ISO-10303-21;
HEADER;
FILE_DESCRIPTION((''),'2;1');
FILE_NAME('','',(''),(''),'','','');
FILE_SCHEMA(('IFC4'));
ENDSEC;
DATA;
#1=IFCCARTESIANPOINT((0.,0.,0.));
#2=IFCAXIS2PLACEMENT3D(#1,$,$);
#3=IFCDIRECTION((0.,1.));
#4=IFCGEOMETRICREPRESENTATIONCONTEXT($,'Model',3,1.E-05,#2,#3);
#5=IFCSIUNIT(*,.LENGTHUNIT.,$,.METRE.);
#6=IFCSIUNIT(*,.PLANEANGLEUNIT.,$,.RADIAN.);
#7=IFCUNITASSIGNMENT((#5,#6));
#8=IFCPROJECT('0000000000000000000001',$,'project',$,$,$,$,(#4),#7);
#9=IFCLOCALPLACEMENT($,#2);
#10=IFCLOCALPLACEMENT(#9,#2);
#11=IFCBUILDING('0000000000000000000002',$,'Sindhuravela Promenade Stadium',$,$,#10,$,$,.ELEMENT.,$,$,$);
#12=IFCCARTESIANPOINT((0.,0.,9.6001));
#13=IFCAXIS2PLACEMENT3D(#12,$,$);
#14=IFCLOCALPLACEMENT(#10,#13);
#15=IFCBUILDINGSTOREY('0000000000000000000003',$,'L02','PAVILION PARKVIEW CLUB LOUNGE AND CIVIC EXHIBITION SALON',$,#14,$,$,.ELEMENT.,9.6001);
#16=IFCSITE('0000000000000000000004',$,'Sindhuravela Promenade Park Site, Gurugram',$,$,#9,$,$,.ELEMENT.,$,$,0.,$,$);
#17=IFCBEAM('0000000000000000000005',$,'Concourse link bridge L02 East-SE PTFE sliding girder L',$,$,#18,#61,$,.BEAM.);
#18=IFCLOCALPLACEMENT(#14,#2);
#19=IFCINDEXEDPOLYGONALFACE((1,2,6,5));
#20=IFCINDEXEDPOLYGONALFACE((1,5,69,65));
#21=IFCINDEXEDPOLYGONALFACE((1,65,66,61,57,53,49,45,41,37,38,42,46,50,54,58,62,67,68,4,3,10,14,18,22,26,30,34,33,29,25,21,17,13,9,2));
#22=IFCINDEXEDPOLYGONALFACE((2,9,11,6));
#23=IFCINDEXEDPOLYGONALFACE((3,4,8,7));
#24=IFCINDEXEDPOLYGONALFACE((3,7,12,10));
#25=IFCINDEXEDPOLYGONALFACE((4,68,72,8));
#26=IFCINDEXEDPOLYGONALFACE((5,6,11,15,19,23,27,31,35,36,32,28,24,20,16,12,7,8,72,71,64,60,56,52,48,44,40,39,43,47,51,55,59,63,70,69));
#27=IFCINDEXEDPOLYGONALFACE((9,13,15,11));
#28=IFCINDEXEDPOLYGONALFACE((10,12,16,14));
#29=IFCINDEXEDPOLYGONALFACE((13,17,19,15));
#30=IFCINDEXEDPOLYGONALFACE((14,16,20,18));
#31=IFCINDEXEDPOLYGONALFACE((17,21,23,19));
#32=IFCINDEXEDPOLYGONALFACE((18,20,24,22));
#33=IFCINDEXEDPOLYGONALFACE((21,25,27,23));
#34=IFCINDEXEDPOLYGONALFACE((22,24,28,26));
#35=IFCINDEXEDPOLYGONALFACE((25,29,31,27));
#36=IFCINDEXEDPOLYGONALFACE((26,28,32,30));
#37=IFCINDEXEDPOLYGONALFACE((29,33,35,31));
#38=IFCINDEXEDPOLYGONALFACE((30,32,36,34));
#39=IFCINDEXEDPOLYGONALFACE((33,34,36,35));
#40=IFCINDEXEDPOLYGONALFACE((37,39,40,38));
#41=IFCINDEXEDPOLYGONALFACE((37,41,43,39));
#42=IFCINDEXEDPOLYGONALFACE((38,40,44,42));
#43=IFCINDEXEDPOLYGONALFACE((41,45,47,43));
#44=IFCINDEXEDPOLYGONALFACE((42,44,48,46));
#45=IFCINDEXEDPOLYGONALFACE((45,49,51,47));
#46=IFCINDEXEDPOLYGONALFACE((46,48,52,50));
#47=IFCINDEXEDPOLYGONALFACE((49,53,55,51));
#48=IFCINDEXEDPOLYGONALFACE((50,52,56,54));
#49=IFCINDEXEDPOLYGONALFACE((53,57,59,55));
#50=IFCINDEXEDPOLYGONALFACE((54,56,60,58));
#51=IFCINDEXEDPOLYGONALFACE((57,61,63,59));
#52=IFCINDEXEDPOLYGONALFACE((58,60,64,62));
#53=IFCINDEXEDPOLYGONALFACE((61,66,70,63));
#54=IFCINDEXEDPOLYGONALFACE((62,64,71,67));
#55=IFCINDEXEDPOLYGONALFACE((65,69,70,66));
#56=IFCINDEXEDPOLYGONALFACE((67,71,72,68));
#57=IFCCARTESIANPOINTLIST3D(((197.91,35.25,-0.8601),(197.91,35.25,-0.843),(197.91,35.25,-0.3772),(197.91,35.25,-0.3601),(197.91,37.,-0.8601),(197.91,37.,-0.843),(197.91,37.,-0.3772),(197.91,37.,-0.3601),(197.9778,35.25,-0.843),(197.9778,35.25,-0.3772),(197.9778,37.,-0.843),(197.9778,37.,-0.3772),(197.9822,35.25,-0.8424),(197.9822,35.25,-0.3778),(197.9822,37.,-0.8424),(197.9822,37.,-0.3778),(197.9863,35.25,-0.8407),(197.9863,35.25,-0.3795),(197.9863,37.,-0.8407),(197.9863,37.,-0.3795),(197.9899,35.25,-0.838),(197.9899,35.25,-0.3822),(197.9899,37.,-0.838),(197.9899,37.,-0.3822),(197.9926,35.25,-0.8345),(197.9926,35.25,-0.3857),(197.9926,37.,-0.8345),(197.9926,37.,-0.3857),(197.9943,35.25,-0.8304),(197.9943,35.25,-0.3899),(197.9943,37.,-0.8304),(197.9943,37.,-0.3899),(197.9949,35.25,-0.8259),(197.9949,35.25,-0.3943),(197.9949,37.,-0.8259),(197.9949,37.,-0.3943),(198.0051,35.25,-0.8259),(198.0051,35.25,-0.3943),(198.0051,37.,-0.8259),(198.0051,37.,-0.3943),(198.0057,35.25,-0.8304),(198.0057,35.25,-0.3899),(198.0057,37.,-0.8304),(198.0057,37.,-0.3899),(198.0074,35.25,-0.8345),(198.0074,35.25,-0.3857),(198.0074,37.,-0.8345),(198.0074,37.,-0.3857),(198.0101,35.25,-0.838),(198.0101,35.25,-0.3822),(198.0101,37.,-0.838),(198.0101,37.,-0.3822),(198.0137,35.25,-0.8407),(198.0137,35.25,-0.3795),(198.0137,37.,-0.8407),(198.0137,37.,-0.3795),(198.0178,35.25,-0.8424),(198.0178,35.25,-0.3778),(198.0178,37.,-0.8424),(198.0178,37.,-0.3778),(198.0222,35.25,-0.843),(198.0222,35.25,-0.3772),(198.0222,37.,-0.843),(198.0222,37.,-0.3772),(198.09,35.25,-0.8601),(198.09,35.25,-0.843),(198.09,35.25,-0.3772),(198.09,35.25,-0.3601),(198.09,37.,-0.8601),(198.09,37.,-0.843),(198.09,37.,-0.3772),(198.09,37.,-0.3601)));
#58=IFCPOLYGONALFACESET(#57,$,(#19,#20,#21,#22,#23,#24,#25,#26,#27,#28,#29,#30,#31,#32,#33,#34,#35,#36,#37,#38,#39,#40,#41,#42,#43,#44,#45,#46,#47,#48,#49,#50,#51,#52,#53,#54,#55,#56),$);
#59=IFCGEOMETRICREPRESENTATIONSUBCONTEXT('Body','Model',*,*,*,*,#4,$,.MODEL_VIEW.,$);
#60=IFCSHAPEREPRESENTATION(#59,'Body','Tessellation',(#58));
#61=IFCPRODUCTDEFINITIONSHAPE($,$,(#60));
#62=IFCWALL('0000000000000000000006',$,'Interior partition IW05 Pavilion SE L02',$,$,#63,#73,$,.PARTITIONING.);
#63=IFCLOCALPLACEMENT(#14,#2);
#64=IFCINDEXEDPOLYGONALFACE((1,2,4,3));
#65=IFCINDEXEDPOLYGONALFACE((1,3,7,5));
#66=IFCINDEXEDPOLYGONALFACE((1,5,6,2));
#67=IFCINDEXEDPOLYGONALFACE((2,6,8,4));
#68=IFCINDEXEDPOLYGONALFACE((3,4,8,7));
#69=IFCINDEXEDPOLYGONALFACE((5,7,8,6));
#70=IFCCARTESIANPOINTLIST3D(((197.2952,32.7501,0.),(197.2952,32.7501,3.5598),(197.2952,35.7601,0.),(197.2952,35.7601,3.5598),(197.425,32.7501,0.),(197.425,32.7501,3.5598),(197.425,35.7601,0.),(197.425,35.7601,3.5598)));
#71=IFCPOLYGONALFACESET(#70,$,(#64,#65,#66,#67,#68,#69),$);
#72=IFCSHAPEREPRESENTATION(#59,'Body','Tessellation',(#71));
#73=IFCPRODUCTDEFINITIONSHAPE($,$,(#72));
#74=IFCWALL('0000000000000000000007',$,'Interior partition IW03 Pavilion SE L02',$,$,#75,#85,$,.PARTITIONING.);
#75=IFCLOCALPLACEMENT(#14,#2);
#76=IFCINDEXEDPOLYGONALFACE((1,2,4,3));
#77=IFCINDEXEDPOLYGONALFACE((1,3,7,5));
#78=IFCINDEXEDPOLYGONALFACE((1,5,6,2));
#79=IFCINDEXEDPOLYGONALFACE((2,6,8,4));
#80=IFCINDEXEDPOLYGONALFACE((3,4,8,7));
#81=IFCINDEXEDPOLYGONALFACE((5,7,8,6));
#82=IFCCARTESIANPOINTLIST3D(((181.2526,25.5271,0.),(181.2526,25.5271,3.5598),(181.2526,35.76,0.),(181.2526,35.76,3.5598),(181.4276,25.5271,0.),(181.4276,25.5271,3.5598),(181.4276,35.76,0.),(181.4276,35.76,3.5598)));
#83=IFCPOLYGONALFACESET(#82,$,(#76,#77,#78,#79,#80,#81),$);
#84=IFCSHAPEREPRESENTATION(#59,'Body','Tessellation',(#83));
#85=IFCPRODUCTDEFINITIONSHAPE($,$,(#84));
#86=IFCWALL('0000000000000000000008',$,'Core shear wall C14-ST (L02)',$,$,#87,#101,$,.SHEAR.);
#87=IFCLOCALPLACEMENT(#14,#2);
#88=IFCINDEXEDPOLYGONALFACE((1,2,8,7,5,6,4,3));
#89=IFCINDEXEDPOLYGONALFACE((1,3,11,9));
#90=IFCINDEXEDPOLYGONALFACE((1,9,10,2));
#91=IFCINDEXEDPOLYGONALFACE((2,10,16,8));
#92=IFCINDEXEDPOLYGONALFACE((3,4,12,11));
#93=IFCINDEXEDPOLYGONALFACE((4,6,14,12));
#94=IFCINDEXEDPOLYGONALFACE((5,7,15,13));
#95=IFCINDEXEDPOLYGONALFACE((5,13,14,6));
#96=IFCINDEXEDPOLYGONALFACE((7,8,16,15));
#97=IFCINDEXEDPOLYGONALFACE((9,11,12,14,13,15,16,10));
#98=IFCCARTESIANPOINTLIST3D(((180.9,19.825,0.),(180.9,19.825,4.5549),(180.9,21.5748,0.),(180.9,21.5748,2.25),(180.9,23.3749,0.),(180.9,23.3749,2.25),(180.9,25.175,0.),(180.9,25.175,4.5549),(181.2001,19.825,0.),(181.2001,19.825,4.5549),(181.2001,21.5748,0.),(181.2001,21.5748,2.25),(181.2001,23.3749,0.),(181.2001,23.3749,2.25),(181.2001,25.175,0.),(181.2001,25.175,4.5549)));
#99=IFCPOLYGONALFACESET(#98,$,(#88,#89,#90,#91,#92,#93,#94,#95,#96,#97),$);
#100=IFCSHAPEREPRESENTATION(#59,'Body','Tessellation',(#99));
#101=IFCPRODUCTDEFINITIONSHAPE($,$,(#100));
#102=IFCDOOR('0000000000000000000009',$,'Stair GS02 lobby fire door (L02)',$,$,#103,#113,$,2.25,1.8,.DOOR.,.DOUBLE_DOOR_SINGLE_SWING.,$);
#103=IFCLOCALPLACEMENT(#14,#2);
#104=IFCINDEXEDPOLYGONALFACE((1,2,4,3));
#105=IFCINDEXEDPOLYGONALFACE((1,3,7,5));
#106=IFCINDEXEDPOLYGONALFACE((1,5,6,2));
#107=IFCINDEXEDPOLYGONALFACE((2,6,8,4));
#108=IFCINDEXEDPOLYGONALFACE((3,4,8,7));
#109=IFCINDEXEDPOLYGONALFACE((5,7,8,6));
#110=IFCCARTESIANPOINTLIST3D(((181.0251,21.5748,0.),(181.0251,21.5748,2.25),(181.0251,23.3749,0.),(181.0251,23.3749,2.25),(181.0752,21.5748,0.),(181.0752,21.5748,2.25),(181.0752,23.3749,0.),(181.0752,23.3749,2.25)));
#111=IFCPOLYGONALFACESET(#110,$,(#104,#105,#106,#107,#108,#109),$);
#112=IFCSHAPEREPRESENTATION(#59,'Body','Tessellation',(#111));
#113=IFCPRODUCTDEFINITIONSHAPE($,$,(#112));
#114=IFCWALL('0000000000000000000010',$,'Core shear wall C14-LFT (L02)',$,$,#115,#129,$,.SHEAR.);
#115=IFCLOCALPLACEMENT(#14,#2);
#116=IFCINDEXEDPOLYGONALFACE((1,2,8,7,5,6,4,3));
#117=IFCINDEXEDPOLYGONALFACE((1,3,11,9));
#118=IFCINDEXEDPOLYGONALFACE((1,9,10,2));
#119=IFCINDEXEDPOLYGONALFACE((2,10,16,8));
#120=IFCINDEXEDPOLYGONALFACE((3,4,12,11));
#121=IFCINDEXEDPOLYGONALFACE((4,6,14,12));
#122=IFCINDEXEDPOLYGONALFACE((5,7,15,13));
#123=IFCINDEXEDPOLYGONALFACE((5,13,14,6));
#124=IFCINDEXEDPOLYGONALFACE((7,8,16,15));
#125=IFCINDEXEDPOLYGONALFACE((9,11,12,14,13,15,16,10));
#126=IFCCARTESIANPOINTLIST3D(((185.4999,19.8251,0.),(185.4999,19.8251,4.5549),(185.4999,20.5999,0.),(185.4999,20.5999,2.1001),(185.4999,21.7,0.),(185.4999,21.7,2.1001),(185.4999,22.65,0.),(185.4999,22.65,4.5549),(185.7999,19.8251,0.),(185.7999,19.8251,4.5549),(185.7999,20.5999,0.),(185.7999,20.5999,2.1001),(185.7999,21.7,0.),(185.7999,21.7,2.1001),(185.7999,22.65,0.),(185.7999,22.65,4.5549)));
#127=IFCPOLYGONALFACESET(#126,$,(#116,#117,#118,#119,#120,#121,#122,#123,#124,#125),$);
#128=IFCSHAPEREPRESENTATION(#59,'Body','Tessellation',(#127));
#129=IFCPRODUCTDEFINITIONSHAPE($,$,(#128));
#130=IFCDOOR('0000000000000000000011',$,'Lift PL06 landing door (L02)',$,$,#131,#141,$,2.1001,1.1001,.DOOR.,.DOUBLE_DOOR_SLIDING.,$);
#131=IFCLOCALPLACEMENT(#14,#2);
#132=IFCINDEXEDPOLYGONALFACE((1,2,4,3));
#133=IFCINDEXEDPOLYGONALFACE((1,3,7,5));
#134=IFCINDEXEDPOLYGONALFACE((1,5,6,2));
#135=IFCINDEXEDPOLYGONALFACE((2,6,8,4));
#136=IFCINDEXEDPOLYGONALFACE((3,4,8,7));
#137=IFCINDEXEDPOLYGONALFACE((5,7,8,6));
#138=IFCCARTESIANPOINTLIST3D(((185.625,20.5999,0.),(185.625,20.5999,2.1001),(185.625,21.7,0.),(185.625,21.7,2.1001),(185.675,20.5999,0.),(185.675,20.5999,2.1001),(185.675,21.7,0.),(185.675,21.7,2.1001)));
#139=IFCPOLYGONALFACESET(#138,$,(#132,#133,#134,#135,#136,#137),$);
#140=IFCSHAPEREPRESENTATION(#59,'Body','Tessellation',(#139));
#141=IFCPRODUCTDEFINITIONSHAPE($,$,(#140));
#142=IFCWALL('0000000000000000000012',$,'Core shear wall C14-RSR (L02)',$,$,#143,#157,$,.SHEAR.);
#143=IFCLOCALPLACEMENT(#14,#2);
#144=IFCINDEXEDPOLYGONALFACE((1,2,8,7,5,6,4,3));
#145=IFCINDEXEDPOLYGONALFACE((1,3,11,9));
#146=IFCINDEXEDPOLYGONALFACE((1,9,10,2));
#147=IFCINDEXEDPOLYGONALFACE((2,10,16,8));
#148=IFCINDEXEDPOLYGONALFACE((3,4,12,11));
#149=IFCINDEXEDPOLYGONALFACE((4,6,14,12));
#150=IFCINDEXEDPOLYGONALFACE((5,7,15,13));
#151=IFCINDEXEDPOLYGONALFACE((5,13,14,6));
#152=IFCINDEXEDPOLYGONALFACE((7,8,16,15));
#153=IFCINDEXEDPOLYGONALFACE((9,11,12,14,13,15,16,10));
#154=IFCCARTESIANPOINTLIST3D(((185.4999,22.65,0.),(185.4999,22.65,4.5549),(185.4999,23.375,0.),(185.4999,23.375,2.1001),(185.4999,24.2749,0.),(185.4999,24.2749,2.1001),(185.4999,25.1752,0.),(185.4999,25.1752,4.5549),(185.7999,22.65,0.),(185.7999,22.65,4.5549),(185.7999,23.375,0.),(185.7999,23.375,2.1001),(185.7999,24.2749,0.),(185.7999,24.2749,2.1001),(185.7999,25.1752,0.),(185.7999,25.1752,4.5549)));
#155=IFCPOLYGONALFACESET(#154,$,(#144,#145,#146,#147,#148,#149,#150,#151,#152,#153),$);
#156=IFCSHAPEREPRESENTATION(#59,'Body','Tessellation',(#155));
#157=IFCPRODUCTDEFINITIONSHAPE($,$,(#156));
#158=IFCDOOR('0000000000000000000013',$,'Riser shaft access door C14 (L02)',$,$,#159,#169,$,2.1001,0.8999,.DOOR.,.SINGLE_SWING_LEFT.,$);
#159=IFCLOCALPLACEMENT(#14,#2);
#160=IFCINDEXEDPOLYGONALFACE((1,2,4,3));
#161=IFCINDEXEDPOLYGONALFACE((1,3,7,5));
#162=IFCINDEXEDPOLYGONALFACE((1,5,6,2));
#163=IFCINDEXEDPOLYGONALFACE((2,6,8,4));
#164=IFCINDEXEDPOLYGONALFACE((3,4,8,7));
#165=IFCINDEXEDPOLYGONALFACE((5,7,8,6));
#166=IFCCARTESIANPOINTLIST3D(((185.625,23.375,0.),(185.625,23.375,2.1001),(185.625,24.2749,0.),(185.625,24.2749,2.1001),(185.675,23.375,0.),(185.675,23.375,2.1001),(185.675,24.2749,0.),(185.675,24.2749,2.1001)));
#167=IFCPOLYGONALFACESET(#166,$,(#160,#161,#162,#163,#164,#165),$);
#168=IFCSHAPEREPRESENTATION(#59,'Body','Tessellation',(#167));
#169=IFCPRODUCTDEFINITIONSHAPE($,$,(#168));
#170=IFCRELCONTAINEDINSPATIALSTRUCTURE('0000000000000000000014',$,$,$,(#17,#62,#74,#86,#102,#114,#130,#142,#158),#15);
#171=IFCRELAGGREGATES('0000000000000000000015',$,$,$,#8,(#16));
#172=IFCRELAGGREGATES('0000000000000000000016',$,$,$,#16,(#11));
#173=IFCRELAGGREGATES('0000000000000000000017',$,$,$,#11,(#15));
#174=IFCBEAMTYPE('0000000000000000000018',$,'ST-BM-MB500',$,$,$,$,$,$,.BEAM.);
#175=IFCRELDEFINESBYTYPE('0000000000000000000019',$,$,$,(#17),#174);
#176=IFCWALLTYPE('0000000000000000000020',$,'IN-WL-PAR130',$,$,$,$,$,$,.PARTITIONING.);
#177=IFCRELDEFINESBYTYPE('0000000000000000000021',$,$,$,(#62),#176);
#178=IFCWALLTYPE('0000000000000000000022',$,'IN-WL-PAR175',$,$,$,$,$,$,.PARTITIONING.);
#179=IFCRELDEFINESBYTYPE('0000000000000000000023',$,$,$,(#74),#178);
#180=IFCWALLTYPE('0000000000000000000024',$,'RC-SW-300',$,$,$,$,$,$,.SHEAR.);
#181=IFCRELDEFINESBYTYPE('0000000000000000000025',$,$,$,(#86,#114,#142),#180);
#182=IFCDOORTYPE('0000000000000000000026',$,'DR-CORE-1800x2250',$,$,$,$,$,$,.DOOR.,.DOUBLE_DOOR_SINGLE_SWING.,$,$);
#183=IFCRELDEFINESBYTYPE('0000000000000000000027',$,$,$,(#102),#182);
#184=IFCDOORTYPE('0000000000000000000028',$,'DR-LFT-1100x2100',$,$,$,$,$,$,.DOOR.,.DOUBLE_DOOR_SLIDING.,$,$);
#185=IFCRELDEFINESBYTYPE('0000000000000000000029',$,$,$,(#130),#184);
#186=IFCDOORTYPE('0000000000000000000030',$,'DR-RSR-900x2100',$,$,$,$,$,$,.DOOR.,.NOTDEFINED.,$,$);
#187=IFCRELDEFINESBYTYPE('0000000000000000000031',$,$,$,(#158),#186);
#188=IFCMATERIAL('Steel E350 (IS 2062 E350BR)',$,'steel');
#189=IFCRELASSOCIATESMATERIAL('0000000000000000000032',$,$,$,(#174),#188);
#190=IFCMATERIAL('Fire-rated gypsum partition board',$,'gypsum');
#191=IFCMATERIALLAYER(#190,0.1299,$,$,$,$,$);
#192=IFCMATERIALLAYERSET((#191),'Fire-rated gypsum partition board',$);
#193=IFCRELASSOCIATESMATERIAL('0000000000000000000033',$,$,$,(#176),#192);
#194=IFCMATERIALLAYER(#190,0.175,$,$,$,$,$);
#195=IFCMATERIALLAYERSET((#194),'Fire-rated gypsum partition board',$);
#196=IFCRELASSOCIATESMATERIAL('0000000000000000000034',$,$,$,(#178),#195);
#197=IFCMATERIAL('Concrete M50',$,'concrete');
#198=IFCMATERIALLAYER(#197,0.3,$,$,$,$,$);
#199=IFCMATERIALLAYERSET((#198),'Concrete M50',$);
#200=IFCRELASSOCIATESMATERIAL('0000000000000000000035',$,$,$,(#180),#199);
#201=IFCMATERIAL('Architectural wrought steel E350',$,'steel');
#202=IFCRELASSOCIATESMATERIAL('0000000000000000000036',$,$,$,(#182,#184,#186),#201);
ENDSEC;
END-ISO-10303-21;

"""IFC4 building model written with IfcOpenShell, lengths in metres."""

from ifc_helpers import new_model, si_unit, direction, frame, frame_2d, origin, origin_2d, place, context, subcontext, project, spatial, rectangle, i_section, extrude, material, layer, layer_set, material_profile, profile_set, type_object, element, fill, save


model = new_model("IFC4")

# Units and contexts
model_context = context("Model", 3, precision=1e-05, world=origin(), true_north=direction((0.0, 1.0)))
body_context = subcontext(model_context, "Body", "Model", "MODEL_VIEW")
ifc_project = project(units=[si_unit("LENGTHUNIT", "METRE"), si_unit("PLANEANGLEUNIT", "RADIAN")], contexts=[model_context])

# Site, building, storey
site_placement = place(None, origin())
site = spatial("IfcSite", under=ifc_project, at=site_placement, Name="Sindhuravela Promenade Park Site, Gurugram", CompositionType="ELEMENT", RefElevation=0.0)
building_placement = place(site_placement, origin())
building = spatial("IfcBuilding", under=site, at=building_placement, Name="Sindhuravela Promenade Stadium", CompositionType="ELEMENT")
storey_placement = place(building_placement, frame((0.0, 0.0, 9.6001)))
storey = spatial("IfcBuildingStorey", under=building, at=storey_placement, Name="L02", Description="PAVILION PARKVIEW CLUB LOUNGE AND CIVIC EXHIBITION SALON", CompositionType="ELEMENT", Elevation=9.6001)

# Beam
ifc_material_1 = material(Name="Steel E350 (IS 2062 E350BR)", Category="steel")
ifc_material_profile_1 = material_profile(ifc_material_1, i_section(OverallWidth=0.1799, OverallDepth=0.5, WebThickness=0.0103, FlangeThickness=0.0171, FilletRadius=0.0171, at=origin_2d()), Name="ISMB 500")
ifc_profile_set_1 = profile_set([ifc_material_profile_1], Name="Steel E350 (IS 2062 E350BR)")
beam_type_1 = type_object("IfcBeamType", Name="ST-BM-MB500", PredefinedType="BEAM", material=ifc_profile_set_1)
beam_1_placement = place(storey_placement, frame((198.0, 35.25, -0.6101), z_axis=(0.0, 1.0, 0.0), x_axis=(-1.0, 0.0, 0.0)))
element("IfcBeam", 1, at=beam_1_placement, inside=storey, type_object=beam_type_1, Name="Concourse link bridge L02 East-SE PTFE sliding girder L", PredefinedType="BEAM", context=body_context, shape_type="SweptSolid", body=[
    extrude(i_section(OverallWidth=0.1799, OverallDepth=0.5, WebThickness=0.0103, FlangeThickness=0.0171, FilletRadius=0.0171, at=origin_2d()), origin(), (0.0, 0.0, 1.0), 1.75),
])

# Walls
ifc_material_2 = material(Name="Fire-rated gypsum partition board", Category="gypsum")
ifc_layer_1 = layer(ifc_material_2, 0.1299)
ifc_layer_set_1 = layer_set([ifc_layer_1], Name="Fire-rated gypsum partition board")
wall_type_1 = type_object("IfcWallType", Name="IN-WL-PAR130", PredefinedType="PARTITIONING", material=ifc_layer_set_1)
wall_1_placement = place(storey_placement, frame((197.3601, 35.76, 0.0), z_axis=(0.0, 0.0, 1.0), x_axis=(0.0, -1.0, 0.0)))
element("IfcWall", 2, at=wall_1_placement, inside=storey, type_object=wall_type_1, Name="Interior partition IW05 Pavilion SE L02", PredefinedType="PARTITIONING", context=body_context, shape_type="SweptSolid", body=[
    extrude(rectangle(XDim=3.01, YDim=0.1299, at=frame_2d((1.5049, 0.0))), origin(), (0.0, 0.0, 1.0), 3.5598),
])
ifc_layer_2 = layer(ifc_material_2, 0.175)
ifc_layer_set_2 = layer_set([ifc_layer_2], Name="Fire-rated gypsum partition board")
wall_type_2 = type_object("IfcWallType", Name="IN-WL-PAR175", PredefinedType="PARTITIONING", material=ifc_layer_set_2)
wall_2_placement = place(storey_placement, frame((181.3401, 25.5271, 0.0), z_axis=(0.0, 0.0, 1.0), x_axis=(0.0, 1.0, 0.0)))
element("IfcWall", 3, at=wall_2_placement, inside=storey, type_object=wall_type_2, Name="Interior partition IW03 Pavilion SE L02", PredefinedType="PARTITIONING", context=body_context, shape_type="SweptSolid", body=[
    extrude(rectangle(XDim=10.2329, YDim=0.175, at=frame_2d((5.1165, 0.0))), origin(), (0.0, 0.0, 1.0), 3.5598),
])

# Walls, openings, doors
ifc_material_3 = material(Name="Concrete M50", Category="concrete")
ifc_layer_3 = layer(ifc_material_3, 0.3)
ifc_layer_set_3 = layer_set([ifc_layer_3], Name="Concrete M50")
wall_type_3 = type_object("IfcWallType", Name="RC-SW-300", PredefinedType="SHEAR", material=ifc_layer_set_3)
wall_3_placement = place(storey_placement, frame((181.05, 19.825, 0.0), z_axis=(0.0, 0.0, 1.0), x_axis=(0.0, 1.0, 0.0)))
wall_3 = element("IfcWall", 4, at=wall_3_placement, inside=storey, type_object=wall_type_3, Name="Core shear wall C14-ST (L02)", PredefinedType="SHEAR", context=body_context, shape_type="SweptSolid", body=[
    extrude(rectangle(XDim=5.3501, YDim=0.3, at=frame_2d((2.675, 0.0))), origin(), (0.0, 0.0, 1.0), 4.5549),
])
opening_1_placement = place(wall_3_placement, frame((1.75, 0.0, 0.0)))
opening_1 = element("IfcOpeningElement", 5, at=opening_1_placement, cuts=wall_3, PredefinedType="OPENING", context=body_context, shape_type="SweptSolid", body=[
    extrude(rectangle(XDim=1.8, YDim=2.25, at=frame_2d((0.8999, 1.125))), frame((0.0, 0.1599, 0.0), z_axis=(0.0, -1.0, 0.0), x_axis=(1.0, 0.0, 0.0)), (0.0, 0.0, 1.0), 0.3201),
])
ifc_material_4 = material(Name="Architectural wrought steel E350", Category="steel")
door_type_1 = type_object("IfcDoorType", Name="DR-CORE-1800x2250", OperationType="DOUBLE_DOOR_SINGLE_SWING", PredefinedType="DOOR", material=ifc_material_4)
door_1_placement = place(opening_1_placement, origin())
door_1 = element("IfcDoor", 6, at=door_1_placement, inside=storey, type_object=door_type_1, Name="Stair GS02 lobby fire door (L02)", OperationType="DOUBLE_DOOR_SINGLE_SWING", OverallHeight=2.25, OverallWidth=1.8, PredefinedType="DOOR", context=body_context, shape_type="SweptSolid", body=[
    extrude(rectangle(XDim=1.8, YDim=2.25, at=frame_2d((0.8999, 1.125))), frame((0.0, 0.0249, 0.0), z_axis=(0.0, -1.0, 0.0), x_axis=(1.0, 0.0, 0.0)), (0.0, 0.0, 1.0), 0.05),
])
fill(opening_1, door_1)
wall_4_placement = place(storey_placement, frame((185.6499, 19.825, 0.0), z_axis=(0.0, 0.0, 1.0), x_axis=(0.0, 1.0, 0.0)))
wall_4 = element("IfcWall", 7, at=wall_4_placement, inside=storey, type_object=wall_type_3, Name="Core shear wall C14-LFT (L02)", PredefinedType="SHEAR", context=body_context, shape_type="SweptSolid", body=[
    extrude(rectangle(XDim=2.825, YDim=0.3, at=frame_2d((1.4126, 0.0))), origin(), (0.0, 0.0, 1.0), 4.5549),
])
opening_2_placement = place(wall_4_placement, frame((0.7749, 0.0, 0.0)))
opening_2 = element("IfcOpeningElement", 8, at=opening_2_placement, cuts=wall_4, PredefinedType="OPENING", context=body_context, shape_type="SweptSolid", body=[
    extrude(rectangle(XDim=1.1001, YDim=2.1001, at=frame_2d((0.55, 1.05))), frame((0.0, 0.1599, 0.0), z_axis=(0.0, -1.0, 0.0), x_axis=(1.0, 0.0, 0.0)), (0.0, 0.0, 1.0), 0.3201),
])
door_type_2 = type_object("IfcDoorType", Name="DR-LFT-1100x2100", OperationType="DOUBLE_DOOR_SLIDING", PredefinedType="DOOR", material=ifc_material_4)
door_2_placement = place(opening_2_placement, origin())
door_2 = element("IfcDoor", 9, at=door_2_placement, inside=storey, type_object=door_type_2, Name="Lift PL06 landing door (L02)", OperationType="DOUBLE_DOOR_SLIDING", OverallHeight=2.1001, OverallWidth=1.1001, PredefinedType="DOOR", context=body_context, shape_type="SweptSolid", body=[
    extrude(rectangle(XDim=1.1001, YDim=2.1001, at=frame_2d((0.55, 1.05))), frame((0.0, 0.0249, 0.0), z_axis=(0.0, -1.0, 0.0), x_axis=(1.0, 0.0, 0.0)), (0.0, 0.0, 1.0), 0.05),
])
fill(opening_2, door_2)
wall_5_placement = place(storey_placement, frame((185.6499, 22.6499, 0.0), z_axis=(0.0, 0.0, 1.0), x_axis=(0.0, 1.0, 0.0)))
wall_5 = element("IfcWall", 10, at=wall_5_placement, inside=storey, type_object=wall_type_3, Name="Core shear wall C14-RSR (L02)", PredefinedType="SHEAR", context=body_context, shape_type="SweptSolid", body=[
    extrude(rectangle(XDim=2.5251, YDim=0.3, at=frame_2d((1.2627, 0.0))), origin(), (0.0, 0.0, 1.0), 4.5549),
])
opening_3_placement = place(wall_5_placement, frame((0.7251, 0.0, 0.0)))
opening_3 = element("IfcOpeningElement", 11, at=opening_3_placement, cuts=wall_5, PredefinedType="OPENING", context=body_context, shape_type="SweptSolid", body=[
    extrude(rectangle(XDim=0.8999, YDim=2.1001, at=frame_2d((0.45, 1.05))), frame((0.0, 0.1599, 0.0), z_axis=(0.0, -1.0, 0.0), x_axis=(1.0, 0.0, 0.0)), (0.0, 0.0, 1.0), 0.3201),
])
door_type_3 = type_object("IfcDoorType", Name="DR-RSR-900x2100", OperationType="NOTDEFINED", PredefinedType="DOOR", material=ifc_material_4)
door_3_placement = place(opening_3_placement, origin())
door_3 = element("IfcDoor", 12, at=door_3_placement, inside=storey, type_object=door_type_3, Name="Riser shaft access door C14 (L02)", OperationType="SINGLE_SWING_LEFT", OverallHeight=2.1001, OverallWidth=0.8999, PredefinedType="DOOR", context=body_context, shape_type="SweptSolid", body=[
    extrude(rectangle(XDim=0.8999, YDim=2.1001, at=frame_2d((0.45, 1.05))), frame((0.0, 0.0249, 0.0), z_axis=(0.0, -1.0, 0.0), x_axis=(1.0, 0.0, 0.0)), (0.0, 0.0, 1.0), 0.05),
])
fill(opening_3, door_3)

save(model, "model.ifc")
